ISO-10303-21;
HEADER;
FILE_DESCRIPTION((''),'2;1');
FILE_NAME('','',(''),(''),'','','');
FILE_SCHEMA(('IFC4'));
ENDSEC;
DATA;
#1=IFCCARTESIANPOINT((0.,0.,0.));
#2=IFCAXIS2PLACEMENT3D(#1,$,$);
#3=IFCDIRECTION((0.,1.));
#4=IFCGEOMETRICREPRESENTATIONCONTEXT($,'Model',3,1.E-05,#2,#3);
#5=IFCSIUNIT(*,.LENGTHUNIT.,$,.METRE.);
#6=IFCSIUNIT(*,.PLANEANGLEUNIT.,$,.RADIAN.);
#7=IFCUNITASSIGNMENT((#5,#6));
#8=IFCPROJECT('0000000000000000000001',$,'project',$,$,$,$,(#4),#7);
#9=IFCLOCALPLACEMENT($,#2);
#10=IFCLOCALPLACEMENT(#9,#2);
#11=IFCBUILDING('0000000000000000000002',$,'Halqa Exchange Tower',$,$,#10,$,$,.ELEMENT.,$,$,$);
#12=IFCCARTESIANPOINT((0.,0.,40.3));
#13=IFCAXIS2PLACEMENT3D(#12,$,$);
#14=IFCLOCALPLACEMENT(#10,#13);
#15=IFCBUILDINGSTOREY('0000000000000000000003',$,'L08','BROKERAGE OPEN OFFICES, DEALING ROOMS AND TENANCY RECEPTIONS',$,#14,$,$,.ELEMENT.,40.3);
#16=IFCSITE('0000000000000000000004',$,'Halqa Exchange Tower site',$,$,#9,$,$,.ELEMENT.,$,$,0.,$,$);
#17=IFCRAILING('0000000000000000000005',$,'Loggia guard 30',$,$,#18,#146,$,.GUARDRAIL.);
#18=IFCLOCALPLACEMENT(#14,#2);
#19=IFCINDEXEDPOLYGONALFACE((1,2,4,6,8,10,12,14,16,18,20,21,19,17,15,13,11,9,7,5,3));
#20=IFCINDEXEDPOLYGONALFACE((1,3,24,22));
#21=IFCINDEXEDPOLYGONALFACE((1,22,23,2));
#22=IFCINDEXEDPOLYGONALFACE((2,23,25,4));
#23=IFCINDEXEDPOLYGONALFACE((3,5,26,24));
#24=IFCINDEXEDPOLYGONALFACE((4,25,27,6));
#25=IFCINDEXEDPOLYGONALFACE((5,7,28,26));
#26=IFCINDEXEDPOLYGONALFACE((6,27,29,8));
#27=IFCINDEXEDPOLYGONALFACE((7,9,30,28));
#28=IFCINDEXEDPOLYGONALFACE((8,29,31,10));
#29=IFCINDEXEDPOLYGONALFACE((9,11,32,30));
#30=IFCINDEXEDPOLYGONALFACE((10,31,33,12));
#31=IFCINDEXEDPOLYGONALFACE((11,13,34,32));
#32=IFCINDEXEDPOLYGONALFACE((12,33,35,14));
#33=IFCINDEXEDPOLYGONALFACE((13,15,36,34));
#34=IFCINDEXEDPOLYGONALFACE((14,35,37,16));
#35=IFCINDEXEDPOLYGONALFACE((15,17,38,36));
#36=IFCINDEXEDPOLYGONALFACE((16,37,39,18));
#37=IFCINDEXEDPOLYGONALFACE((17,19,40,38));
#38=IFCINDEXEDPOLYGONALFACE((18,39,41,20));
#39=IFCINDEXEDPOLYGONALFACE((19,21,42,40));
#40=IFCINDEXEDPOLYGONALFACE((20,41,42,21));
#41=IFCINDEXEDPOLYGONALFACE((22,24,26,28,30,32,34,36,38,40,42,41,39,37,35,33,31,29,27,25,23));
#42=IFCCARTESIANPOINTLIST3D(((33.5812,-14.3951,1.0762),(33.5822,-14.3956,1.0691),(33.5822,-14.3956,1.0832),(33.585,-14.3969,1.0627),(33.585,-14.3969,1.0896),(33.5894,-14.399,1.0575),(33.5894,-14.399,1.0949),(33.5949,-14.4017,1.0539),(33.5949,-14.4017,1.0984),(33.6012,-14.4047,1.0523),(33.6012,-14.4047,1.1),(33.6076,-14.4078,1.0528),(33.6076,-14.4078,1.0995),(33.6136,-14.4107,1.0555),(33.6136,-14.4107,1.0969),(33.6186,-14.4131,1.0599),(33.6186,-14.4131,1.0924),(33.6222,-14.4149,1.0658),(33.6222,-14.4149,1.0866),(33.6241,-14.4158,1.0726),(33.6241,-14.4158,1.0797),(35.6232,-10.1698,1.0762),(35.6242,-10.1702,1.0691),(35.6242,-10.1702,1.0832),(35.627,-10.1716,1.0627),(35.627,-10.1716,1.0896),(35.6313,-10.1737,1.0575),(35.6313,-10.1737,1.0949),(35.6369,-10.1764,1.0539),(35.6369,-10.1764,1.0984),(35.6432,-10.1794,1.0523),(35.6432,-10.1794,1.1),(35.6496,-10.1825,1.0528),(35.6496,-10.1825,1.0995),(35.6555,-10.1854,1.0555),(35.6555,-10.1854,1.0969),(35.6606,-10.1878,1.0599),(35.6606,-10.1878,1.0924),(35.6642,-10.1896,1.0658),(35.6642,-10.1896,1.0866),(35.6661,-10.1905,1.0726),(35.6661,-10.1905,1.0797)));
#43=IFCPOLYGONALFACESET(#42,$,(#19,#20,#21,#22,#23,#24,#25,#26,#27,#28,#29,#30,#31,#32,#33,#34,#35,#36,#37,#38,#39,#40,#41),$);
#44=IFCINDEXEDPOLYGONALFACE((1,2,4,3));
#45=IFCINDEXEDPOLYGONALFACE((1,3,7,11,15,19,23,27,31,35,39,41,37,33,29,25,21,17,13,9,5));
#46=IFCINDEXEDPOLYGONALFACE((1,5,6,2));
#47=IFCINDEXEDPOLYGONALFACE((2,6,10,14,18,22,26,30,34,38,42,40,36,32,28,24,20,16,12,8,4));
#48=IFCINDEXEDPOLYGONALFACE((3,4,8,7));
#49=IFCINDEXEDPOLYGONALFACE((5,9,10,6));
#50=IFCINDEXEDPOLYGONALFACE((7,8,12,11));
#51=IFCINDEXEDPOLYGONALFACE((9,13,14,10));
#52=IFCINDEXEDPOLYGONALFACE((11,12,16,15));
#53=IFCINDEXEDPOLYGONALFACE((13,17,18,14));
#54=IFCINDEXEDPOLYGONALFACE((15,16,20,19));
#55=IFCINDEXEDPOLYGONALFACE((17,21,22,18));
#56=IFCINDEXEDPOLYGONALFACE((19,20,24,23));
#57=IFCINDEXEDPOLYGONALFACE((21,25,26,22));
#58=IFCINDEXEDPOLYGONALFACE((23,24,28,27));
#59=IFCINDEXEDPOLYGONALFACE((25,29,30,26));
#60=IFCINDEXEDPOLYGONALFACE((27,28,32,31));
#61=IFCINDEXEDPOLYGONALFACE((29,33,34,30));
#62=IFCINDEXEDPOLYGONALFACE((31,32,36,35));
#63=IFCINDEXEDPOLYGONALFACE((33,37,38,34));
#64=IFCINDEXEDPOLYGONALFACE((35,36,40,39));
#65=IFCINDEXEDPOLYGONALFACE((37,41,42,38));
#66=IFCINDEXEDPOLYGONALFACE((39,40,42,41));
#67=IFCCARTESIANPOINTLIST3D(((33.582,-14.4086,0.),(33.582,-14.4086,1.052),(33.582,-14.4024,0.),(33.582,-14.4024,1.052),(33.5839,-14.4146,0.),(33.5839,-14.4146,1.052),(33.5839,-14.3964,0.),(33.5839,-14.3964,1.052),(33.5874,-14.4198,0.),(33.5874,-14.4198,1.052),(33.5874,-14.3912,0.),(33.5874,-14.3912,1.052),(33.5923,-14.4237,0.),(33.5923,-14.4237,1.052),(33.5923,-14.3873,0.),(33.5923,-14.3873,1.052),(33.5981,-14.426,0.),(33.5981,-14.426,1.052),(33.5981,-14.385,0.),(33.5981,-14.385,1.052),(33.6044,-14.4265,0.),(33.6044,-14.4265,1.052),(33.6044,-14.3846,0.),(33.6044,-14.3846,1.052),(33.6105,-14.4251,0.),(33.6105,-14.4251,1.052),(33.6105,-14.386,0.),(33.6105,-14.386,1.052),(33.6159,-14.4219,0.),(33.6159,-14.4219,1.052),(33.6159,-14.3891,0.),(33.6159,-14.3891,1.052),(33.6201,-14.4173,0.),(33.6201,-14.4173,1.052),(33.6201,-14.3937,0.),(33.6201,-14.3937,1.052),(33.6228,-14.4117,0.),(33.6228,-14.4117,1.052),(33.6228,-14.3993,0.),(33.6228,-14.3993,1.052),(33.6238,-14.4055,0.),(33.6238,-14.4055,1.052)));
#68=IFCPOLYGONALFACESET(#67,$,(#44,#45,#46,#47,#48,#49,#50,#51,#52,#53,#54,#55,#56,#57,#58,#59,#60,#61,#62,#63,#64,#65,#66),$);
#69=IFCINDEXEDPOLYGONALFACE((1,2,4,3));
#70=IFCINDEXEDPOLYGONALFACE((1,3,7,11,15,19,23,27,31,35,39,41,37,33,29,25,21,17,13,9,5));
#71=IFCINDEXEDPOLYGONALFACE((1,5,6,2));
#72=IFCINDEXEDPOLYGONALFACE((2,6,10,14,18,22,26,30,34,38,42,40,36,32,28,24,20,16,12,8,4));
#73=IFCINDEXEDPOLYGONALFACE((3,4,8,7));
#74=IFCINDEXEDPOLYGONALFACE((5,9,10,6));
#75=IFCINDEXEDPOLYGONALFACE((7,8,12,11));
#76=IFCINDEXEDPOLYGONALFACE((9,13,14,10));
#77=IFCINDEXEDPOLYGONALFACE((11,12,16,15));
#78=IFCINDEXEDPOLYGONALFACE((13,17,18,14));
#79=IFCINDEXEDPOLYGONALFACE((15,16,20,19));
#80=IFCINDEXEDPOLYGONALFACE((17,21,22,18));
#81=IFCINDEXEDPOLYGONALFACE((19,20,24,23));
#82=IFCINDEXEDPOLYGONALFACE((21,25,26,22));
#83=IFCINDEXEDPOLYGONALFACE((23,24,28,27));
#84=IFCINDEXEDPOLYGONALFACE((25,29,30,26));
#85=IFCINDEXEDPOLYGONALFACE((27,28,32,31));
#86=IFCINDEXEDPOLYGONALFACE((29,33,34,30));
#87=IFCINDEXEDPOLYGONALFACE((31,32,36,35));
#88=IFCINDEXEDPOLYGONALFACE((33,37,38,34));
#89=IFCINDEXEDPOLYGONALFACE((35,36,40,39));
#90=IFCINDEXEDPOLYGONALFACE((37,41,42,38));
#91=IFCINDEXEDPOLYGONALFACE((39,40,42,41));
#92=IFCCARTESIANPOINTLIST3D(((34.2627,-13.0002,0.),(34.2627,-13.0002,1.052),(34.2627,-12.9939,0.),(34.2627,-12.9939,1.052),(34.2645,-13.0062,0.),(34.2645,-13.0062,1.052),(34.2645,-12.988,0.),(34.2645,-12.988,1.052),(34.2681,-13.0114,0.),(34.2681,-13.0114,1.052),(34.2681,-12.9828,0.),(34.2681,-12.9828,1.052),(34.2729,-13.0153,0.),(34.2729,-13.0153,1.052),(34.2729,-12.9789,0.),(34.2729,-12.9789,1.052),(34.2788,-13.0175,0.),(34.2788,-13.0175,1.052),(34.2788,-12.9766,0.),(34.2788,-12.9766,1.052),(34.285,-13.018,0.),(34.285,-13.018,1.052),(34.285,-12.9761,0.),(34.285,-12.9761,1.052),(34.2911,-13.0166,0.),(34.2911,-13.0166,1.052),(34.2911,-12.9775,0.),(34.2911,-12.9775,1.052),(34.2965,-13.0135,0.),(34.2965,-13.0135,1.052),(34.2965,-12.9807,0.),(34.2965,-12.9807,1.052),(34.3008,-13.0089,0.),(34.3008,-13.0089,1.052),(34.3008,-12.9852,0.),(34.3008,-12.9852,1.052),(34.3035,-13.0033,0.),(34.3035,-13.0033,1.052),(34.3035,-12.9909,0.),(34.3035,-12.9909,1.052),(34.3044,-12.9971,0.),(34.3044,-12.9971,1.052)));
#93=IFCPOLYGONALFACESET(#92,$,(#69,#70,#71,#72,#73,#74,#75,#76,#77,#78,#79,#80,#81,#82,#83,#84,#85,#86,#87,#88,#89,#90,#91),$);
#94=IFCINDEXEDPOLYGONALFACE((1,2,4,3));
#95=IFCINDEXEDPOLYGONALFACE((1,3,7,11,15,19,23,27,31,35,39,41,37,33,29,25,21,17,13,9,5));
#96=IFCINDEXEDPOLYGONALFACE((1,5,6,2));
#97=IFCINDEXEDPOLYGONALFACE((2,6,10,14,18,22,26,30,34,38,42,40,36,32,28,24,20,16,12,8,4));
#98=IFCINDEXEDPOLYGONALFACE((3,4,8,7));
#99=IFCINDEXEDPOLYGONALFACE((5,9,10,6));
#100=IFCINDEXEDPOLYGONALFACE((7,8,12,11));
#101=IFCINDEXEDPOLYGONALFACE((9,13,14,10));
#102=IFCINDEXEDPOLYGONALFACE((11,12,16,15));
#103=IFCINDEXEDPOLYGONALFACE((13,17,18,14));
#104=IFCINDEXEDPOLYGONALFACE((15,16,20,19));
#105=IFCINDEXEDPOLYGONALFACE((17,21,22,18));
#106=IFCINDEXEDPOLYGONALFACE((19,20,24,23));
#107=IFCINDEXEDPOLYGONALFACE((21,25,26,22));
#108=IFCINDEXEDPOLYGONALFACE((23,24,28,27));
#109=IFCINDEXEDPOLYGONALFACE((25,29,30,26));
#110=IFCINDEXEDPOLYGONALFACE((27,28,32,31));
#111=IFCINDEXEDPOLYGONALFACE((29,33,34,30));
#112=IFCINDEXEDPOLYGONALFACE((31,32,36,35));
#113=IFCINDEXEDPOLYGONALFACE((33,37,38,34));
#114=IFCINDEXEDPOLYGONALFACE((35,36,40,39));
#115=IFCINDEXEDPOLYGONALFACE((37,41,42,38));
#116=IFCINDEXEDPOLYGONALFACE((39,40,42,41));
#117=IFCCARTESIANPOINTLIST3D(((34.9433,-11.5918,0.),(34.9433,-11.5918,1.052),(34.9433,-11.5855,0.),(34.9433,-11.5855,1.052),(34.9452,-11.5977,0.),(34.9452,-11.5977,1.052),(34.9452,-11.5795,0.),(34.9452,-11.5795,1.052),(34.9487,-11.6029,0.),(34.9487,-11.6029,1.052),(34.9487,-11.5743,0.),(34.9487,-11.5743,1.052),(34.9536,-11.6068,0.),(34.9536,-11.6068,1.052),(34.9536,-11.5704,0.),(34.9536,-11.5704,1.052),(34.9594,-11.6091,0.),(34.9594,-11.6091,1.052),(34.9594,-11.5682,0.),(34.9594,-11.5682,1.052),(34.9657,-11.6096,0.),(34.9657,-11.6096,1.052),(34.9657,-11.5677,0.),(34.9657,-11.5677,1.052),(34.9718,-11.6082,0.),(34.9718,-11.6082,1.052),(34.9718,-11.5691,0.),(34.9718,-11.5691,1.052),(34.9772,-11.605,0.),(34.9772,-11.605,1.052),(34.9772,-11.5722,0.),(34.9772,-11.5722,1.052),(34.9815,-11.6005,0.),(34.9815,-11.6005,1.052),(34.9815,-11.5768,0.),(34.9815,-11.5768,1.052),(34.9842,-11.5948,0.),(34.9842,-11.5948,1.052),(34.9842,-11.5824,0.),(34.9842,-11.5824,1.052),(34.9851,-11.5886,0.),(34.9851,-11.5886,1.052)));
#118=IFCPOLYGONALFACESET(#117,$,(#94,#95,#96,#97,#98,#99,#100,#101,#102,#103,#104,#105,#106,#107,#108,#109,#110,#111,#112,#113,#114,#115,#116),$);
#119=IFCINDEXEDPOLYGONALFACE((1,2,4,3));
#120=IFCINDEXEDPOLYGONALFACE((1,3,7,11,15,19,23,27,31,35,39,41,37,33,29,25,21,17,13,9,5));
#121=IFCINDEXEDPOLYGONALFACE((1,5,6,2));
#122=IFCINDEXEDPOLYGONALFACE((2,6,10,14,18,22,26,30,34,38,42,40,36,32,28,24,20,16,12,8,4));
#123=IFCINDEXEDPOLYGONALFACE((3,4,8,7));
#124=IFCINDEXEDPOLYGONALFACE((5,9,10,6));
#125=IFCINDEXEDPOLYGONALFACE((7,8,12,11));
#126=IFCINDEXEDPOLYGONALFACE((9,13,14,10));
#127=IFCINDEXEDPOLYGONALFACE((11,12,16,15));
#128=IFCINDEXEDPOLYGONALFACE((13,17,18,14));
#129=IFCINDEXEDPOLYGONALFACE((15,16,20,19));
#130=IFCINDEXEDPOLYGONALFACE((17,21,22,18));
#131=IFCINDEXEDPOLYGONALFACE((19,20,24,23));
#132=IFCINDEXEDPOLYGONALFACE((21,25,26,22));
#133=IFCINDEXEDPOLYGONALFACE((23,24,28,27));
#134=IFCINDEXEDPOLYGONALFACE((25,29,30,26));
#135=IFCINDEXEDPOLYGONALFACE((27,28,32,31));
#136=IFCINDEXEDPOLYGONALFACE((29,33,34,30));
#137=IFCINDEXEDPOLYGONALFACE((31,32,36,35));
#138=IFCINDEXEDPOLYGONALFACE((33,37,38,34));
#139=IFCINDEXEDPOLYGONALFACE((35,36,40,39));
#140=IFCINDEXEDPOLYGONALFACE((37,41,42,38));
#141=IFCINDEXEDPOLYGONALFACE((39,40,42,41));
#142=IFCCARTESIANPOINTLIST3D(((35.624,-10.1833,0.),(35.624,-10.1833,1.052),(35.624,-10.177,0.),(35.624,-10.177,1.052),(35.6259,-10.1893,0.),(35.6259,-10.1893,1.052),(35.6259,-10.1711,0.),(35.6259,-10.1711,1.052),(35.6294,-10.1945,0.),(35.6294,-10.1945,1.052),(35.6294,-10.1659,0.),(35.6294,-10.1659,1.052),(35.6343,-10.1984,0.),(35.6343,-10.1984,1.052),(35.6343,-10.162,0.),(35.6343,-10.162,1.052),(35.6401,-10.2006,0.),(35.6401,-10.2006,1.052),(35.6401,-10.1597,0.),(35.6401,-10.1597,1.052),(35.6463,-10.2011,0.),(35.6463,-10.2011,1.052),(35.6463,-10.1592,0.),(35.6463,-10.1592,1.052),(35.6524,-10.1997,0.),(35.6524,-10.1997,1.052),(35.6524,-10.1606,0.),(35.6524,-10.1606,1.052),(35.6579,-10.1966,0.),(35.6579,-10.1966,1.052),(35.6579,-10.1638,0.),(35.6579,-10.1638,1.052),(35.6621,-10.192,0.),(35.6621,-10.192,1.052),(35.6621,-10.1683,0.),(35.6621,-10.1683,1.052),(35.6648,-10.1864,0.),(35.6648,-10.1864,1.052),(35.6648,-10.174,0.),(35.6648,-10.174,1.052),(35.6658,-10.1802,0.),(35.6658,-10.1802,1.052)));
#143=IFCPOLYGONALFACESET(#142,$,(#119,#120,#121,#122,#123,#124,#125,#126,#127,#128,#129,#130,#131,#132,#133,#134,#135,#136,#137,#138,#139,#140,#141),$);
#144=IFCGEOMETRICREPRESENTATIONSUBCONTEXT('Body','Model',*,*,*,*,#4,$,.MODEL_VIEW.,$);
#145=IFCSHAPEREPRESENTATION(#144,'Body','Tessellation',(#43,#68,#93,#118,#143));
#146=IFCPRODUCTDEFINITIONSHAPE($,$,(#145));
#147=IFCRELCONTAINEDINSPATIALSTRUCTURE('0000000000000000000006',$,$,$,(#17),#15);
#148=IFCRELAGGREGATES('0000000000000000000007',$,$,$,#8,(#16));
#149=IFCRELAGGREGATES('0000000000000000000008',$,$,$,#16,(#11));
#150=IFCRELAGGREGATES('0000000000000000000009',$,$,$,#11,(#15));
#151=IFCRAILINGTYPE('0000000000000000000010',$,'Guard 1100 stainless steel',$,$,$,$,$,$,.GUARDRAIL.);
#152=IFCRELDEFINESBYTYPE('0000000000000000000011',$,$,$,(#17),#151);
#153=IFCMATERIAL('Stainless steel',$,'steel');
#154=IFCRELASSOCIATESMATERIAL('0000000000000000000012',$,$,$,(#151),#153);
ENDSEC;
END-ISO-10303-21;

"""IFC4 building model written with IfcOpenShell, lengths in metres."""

from ifc_helpers import new_model, si_unit, direction, frame, origin, origin_2d, place, context, subcontext, project, spatial, circle, extrude, material, type_object, element, save


model = new_model("IFC4")

# Units and contexts
model_context = context("Model", 3, precision=1e-05, world=origin(), true_north=direction((0.0, 1.0)))
body_context = subcontext(model_context, "Body", "Model", "MODEL_VIEW")
ifc_project = project(units=[si_unit("LENGTHUNIT", "METRE"), si_unit("PLANEANGLEUNIT", "RADIAN")], contexts=[model_context])

# Site, building, storey
site_placement = place(None, origin())
site = spatial("IfcSite", under=ifc_project, at=site_placement, Name="Halqa Exchange Tower site", CompositionType="ELEMENT", RefElevation=0.0)
building_placement = place(site_placement, origin())
building = spatial("IfcBuilding", under=site, at=building_placement, Name="Halqa Exchange Tower", CompositionType="ELEMENT")
storey_placement = place(building_placement, frame((0.0, 0.0, 40.3)))
storey = spatial("IfcBuildingStorey", under=building, at=storey_placement, Name="L08", Description="BROKERAGE OPEN OFFICES, DEALING ROOMS AND TENANCY RECEPTIONS", CompositionType="ELEMENT", Elevation=40.3)

# Railing
ifc_material_1 = material(Name="Stainless steel", Category="steel")
railing_type = type_object("IfcRailingType", Name="Guard 1100 stainless steel", PredefinedType="GUARDRAIL", material=ifc_material_1)
railing_1_placement = place(storey_placement, frame((33.6028, -14.4055, 0.0)))
element("IfcRailing", 1, at=railing_1_placement, inside=storey, type_object=railing_type, Name="Loggia guard 30", PredefinedType="GUARDRAIL", context=body_context, shape_type="SweptSolid", body=[
    extrude(circle(Radius=0.0239, at=origin_2d()), frame((0.0, 0.0, 1.0762), z_axis=(0.435124, 0.90037, 0.0), x_axis=(-0.90037, 0.435124, 0.0)), (0.0, 0.0, 1.0), 4.6929),
    extrude(circle(Radius=0.021, at=origin_2d()), origin(), (0.0, 0.0, 1.0), 1.052),
    extrude(circle(Radius=0.021, at=origin_2d()), frame((0.6807, 1.4084, 0.0)), (0.0, 0.0, 1.0), 1.052),
    extrude(circle(Radius=0.021, at=origin_2d()), frame((1.3613, 2.8169, 0.0)), (0.0, 0.0, 1.0), 1.052),
    extrude(circle(Radius=0.021, at=origin_2d()), frame((2.042, 4.2253, 0.0)), (0.0, 0.0, 1.0), 1.052),
])

save(model, "model.ifc")
